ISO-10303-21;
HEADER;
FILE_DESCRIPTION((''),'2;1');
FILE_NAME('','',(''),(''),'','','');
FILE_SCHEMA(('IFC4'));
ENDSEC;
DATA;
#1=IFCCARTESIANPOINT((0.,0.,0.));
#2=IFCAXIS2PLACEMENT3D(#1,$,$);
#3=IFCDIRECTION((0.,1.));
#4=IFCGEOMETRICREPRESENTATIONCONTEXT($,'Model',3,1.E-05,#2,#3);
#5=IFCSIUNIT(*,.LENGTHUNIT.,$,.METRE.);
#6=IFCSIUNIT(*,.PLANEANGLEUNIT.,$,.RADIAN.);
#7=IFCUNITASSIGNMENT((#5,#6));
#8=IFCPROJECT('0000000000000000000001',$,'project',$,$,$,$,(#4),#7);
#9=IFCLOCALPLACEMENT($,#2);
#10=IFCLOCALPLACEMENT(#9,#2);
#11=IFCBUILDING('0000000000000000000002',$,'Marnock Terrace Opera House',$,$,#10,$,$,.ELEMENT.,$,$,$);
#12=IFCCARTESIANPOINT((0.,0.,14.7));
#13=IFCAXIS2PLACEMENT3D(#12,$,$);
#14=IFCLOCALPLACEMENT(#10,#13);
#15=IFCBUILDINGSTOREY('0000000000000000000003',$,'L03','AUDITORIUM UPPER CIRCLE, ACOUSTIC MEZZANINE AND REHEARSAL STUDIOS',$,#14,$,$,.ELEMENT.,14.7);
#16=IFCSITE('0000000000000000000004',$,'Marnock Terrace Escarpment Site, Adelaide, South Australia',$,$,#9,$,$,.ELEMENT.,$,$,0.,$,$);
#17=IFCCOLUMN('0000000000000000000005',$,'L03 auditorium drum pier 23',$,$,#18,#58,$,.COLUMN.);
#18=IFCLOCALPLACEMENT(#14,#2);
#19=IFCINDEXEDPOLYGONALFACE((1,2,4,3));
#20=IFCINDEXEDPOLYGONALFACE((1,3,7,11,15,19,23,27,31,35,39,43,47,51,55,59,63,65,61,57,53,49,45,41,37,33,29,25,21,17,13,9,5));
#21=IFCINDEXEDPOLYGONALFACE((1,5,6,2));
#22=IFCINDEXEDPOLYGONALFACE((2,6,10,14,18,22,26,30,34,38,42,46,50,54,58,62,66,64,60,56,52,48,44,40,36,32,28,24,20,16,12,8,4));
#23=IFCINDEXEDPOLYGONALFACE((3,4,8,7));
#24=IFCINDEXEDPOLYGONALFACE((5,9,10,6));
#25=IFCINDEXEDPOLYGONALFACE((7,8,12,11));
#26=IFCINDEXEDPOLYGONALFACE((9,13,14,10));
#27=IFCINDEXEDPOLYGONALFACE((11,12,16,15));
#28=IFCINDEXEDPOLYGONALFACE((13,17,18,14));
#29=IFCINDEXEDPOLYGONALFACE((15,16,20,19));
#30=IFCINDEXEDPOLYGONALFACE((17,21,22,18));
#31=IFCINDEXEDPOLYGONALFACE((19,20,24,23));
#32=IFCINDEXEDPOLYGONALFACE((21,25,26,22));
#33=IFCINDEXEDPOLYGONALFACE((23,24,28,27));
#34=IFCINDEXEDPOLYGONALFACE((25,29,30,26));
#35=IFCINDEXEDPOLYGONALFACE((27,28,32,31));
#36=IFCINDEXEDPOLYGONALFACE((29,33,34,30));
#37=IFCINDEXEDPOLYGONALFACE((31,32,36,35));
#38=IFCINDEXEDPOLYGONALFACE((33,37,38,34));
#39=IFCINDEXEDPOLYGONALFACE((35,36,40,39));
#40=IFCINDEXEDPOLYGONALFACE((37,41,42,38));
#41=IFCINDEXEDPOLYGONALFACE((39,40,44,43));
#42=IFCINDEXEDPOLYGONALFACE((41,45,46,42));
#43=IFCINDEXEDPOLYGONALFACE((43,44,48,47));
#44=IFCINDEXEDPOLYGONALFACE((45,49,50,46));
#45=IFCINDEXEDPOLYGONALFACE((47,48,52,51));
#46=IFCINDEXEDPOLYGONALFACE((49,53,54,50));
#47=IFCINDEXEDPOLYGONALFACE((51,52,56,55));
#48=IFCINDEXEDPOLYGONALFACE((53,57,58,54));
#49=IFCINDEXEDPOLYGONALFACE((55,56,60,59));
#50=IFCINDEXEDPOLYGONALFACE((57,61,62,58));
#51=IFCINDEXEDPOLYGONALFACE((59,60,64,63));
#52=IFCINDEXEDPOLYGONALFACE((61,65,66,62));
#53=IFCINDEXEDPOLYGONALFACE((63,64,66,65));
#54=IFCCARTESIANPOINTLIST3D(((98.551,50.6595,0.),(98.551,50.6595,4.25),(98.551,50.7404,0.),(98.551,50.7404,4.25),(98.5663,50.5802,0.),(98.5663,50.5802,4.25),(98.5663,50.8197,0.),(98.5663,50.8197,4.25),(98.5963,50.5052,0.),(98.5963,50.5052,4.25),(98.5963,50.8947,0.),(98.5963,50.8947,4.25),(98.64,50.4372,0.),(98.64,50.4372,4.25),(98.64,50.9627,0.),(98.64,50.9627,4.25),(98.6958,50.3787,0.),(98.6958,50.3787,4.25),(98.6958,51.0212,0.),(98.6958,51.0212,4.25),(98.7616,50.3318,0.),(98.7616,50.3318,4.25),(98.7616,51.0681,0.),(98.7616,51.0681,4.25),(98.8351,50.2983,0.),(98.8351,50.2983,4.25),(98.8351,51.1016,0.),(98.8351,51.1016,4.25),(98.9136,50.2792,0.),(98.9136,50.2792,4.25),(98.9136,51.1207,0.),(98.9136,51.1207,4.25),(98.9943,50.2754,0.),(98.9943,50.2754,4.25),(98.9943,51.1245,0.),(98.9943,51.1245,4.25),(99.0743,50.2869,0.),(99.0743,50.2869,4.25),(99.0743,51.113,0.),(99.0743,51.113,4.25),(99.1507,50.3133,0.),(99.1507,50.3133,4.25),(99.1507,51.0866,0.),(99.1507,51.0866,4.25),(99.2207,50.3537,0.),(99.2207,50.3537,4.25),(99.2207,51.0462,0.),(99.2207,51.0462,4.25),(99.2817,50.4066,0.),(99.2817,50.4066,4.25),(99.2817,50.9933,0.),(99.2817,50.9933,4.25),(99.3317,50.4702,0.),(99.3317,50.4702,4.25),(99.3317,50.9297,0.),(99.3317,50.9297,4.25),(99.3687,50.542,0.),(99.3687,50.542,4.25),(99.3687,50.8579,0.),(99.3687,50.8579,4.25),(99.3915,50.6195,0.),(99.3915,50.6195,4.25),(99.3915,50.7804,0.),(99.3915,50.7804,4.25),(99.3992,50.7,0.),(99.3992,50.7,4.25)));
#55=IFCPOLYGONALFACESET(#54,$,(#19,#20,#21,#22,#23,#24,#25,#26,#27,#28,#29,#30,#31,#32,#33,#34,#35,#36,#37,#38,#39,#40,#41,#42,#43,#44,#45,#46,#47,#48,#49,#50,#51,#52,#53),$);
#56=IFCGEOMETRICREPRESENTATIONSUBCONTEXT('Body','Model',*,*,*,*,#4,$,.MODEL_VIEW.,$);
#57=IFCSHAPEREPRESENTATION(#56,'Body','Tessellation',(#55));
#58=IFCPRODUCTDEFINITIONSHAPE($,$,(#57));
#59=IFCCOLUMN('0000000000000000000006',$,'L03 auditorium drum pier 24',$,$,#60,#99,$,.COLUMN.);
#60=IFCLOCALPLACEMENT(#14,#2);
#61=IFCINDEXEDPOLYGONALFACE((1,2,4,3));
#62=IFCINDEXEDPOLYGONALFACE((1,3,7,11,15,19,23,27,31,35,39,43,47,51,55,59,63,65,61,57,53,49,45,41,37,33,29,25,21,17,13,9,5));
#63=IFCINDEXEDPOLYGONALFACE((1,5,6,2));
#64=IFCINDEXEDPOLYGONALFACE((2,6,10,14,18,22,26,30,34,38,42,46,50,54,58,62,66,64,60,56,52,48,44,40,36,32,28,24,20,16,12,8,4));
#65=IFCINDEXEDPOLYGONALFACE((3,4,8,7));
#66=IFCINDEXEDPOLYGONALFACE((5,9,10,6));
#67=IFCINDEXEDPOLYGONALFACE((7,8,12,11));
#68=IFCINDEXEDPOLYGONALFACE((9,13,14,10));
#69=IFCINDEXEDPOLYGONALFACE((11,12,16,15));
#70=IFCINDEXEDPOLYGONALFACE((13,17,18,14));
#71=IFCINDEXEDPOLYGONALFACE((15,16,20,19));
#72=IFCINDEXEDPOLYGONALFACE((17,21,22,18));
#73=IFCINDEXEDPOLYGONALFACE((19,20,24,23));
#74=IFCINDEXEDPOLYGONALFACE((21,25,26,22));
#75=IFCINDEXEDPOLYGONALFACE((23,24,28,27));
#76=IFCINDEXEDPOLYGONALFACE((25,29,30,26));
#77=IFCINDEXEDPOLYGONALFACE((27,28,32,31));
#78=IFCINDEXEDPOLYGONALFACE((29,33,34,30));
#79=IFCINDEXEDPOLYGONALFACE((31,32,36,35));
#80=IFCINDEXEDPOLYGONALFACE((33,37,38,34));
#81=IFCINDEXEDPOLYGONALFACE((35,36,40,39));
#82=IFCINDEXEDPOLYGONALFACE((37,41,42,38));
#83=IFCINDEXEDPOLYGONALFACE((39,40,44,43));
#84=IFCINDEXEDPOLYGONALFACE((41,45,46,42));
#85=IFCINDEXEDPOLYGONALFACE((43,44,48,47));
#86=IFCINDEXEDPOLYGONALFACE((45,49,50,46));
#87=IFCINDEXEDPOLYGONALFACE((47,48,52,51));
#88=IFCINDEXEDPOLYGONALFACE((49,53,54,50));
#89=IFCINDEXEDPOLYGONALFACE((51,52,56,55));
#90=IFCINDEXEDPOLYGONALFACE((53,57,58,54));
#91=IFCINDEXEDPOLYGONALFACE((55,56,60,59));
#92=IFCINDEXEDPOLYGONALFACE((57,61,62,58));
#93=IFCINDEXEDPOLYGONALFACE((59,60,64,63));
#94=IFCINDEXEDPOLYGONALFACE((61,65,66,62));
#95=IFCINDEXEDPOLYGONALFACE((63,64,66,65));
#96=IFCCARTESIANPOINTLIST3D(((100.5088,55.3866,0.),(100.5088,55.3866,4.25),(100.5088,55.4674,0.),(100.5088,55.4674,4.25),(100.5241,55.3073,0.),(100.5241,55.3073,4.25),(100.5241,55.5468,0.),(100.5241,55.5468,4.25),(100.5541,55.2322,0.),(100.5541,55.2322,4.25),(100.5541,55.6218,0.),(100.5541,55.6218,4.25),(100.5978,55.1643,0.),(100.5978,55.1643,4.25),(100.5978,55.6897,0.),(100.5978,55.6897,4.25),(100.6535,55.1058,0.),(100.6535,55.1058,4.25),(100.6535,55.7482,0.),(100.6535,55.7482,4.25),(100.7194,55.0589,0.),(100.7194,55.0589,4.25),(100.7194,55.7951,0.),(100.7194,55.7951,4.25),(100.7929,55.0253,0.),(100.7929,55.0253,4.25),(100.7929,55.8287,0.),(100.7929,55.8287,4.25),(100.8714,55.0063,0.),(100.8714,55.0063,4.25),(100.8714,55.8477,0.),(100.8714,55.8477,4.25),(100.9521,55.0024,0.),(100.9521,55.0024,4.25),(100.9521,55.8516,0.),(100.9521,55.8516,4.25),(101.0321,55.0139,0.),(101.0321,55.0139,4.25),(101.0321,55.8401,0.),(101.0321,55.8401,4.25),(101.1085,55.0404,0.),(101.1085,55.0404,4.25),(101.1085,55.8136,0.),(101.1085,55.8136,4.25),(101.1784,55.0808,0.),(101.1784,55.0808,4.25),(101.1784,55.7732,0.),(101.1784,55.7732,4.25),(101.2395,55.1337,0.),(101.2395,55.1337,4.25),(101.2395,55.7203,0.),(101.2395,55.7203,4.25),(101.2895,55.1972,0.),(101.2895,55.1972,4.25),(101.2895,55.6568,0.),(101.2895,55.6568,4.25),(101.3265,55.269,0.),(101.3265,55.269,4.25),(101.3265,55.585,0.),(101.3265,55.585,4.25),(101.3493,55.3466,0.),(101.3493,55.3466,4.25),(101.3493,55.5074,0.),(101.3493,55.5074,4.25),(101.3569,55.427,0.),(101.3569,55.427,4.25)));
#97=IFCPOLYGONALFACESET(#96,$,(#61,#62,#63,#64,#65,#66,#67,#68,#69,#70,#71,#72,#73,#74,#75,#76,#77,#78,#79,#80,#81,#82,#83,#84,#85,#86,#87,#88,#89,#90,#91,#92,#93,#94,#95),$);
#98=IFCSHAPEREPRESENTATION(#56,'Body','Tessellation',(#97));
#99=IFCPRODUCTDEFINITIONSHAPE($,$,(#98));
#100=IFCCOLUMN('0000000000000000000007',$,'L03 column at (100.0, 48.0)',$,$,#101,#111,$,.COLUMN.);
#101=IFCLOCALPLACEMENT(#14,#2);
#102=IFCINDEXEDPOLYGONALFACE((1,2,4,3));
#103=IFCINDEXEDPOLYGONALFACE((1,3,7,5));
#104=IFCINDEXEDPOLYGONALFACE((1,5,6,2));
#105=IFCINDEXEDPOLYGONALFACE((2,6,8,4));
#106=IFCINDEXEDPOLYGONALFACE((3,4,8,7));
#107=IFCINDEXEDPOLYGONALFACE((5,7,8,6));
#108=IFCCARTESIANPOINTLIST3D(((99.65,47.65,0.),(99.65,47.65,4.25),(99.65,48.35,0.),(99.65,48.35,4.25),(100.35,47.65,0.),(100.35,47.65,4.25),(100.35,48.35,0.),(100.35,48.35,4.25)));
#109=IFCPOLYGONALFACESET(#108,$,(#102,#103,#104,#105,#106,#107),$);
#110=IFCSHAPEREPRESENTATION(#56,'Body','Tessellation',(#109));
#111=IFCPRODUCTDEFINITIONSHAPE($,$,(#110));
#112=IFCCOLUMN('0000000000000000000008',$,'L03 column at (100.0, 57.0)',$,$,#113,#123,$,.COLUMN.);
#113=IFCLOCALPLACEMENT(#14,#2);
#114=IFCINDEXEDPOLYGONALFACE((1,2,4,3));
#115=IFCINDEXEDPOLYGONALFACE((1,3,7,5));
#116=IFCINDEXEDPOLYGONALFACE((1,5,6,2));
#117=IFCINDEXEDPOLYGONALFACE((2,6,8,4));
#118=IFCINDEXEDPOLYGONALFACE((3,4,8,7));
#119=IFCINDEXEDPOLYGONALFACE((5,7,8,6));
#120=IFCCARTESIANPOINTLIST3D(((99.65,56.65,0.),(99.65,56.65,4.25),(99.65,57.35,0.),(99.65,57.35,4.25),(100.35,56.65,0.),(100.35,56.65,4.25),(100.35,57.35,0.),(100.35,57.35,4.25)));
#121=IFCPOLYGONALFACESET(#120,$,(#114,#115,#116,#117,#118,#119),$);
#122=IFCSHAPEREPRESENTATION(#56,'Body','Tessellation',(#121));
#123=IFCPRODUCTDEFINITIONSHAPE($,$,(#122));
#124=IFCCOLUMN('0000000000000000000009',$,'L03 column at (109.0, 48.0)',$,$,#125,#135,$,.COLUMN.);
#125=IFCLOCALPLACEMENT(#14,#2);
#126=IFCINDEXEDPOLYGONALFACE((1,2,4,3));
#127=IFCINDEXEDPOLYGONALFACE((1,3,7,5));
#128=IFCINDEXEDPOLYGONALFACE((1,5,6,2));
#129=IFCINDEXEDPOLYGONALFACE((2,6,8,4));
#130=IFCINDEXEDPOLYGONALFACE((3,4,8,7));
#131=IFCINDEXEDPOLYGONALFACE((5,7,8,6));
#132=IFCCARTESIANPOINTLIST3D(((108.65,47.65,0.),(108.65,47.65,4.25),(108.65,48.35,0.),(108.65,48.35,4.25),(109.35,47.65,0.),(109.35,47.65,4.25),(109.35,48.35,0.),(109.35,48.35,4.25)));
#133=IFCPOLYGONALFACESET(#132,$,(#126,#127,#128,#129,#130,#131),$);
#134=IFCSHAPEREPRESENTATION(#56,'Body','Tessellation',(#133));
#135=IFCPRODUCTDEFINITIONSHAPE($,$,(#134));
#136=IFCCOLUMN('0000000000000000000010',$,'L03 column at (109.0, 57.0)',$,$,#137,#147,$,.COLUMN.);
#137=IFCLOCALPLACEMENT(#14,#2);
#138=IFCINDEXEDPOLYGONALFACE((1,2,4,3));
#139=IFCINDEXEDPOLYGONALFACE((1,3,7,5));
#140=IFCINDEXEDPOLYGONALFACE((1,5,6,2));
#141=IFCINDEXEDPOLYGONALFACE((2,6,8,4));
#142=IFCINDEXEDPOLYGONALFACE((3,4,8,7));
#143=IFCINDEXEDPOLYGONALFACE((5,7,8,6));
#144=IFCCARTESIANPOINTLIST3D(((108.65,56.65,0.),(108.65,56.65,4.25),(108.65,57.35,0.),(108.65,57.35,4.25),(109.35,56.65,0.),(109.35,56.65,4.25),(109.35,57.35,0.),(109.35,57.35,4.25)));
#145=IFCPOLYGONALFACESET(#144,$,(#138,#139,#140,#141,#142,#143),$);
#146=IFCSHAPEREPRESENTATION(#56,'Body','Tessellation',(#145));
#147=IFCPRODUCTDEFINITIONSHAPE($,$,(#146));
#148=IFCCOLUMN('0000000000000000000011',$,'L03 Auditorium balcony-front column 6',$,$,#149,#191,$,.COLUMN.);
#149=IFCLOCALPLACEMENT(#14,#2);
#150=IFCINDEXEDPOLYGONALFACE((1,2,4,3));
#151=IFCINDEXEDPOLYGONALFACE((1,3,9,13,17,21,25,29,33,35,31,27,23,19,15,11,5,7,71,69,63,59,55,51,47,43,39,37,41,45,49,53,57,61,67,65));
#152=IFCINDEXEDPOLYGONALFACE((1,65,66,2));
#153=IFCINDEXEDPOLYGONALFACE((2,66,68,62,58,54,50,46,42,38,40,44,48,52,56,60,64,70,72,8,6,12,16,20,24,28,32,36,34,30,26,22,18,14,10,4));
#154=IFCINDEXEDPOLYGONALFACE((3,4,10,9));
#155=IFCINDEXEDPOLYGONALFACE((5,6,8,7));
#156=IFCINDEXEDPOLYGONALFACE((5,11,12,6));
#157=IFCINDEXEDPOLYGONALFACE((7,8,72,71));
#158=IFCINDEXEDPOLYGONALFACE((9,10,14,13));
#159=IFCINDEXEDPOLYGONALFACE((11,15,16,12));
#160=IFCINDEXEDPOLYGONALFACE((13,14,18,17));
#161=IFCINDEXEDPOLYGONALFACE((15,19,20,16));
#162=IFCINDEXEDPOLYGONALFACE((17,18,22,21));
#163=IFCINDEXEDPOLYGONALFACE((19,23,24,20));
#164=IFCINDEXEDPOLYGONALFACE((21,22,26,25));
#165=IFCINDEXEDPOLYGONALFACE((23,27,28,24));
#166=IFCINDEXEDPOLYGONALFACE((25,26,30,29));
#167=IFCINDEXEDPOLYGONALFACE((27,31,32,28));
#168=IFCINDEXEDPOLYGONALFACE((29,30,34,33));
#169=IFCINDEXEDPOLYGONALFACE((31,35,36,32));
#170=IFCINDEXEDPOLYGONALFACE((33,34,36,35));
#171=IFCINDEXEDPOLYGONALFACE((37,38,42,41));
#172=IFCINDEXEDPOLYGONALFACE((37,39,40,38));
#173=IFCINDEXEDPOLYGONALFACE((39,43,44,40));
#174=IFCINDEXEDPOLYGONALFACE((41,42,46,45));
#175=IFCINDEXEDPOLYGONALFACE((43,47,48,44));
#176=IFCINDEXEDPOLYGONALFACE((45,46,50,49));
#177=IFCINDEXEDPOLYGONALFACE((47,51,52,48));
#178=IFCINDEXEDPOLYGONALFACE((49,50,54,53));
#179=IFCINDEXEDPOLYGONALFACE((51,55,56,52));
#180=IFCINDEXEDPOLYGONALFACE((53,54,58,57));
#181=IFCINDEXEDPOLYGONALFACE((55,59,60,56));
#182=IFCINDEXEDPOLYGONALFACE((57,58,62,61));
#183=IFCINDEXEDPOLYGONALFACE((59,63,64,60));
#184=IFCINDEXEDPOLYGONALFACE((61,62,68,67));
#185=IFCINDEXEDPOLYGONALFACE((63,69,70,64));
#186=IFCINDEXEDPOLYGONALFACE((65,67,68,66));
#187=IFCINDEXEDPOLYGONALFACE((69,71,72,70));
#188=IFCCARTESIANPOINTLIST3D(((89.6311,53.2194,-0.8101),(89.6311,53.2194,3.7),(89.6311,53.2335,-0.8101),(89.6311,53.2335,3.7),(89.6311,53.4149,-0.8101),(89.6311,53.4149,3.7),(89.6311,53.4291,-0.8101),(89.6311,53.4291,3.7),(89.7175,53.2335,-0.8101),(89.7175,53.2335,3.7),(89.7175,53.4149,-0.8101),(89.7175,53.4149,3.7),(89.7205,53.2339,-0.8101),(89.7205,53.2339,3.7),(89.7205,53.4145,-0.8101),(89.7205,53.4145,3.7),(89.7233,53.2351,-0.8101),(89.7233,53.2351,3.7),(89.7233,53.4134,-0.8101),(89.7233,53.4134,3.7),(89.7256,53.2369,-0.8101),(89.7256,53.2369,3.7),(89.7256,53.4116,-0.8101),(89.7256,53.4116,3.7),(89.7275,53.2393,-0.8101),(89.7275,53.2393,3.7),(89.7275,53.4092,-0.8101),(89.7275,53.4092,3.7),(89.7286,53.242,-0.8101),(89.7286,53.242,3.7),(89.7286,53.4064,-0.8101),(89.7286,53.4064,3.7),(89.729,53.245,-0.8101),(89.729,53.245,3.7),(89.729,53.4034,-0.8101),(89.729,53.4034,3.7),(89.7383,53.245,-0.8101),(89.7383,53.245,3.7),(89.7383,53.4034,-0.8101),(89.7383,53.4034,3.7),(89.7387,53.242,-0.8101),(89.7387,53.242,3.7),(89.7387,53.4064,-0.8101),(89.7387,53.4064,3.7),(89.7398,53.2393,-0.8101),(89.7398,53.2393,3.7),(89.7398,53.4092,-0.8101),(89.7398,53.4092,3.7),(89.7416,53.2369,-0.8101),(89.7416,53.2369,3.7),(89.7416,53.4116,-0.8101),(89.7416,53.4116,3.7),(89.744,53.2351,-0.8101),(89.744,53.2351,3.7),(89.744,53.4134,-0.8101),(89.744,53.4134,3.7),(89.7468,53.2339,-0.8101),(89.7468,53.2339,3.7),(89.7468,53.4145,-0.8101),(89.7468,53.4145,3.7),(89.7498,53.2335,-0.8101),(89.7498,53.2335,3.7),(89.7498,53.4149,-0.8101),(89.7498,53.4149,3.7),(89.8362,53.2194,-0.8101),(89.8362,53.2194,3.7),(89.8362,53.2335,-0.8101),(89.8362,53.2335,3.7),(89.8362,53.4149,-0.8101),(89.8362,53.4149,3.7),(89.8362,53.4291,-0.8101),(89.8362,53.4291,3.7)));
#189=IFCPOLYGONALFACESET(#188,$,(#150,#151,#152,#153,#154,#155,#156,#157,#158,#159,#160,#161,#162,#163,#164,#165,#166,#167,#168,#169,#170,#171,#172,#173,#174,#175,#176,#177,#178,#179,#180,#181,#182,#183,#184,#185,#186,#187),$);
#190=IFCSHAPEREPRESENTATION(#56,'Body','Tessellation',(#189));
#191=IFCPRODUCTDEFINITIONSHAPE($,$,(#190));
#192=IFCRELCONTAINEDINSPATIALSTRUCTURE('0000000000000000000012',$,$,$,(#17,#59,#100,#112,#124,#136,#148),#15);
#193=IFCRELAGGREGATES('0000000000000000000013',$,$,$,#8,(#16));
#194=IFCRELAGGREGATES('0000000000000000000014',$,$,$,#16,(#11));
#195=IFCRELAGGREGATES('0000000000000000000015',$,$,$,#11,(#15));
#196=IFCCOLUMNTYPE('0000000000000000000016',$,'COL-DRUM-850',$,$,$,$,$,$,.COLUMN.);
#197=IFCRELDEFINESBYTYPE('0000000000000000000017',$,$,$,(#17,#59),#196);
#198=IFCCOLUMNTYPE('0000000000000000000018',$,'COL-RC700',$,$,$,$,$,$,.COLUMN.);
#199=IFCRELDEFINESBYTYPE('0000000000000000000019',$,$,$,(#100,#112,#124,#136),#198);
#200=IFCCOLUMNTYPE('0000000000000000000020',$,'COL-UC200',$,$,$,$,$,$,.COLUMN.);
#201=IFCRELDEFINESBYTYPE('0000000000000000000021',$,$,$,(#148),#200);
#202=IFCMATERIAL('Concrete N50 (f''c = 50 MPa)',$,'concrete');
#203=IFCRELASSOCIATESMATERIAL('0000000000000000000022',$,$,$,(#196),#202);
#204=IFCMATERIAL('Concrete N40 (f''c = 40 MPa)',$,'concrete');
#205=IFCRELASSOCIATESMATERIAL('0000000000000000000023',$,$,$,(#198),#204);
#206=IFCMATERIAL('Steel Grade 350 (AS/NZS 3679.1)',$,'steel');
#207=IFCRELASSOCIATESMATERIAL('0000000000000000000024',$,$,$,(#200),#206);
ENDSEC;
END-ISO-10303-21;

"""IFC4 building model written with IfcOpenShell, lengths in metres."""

from ifc_helpers import new_model, si_unit, direction, frame, origin, origin_2d, place, context, subcontext, project, spatial, rectangle, circle, i_section, extrude, material, material_profile, profile_set, type_object, element, save


model = new_model("IFC4")

# Units and contexts
model_context = context("Model", 3, precision=1e-05, world=origin(), true_north=direction((0.0, 1.0)))
body_context = subcontext(model_context, "Body", "Model", "MODEL_VIEW")
ifc_project = project(units=[si_unit("LENGTHUNIT", "METRE"), si_unit("PLANEANGLEUNIT", "RADIAN")], contexts=[model_context])

# Site, building, storey
site_placement = place(None, origin())
site = spatial("IfcSite", under=ifc_project, at=site_placement, Name="Marnock Terrace Escarpment Site, Adelaide, South Australia", CompositionType="ELEMENT", RefElevation=0.0)
building_placement = place(site_placement, origin())
building = spatial("IfcBuilding", under=site, at=building_placement, Name="Marnock Terrace Opera House", CompositionType="ELEMENT")
storey_placement = place(building_placement, frame((0.0, 0.0, 14.7)))
storey = spatial("IfcBuildingStorey", under=building, at=storey_placement, Name="L03", Description="AUDITORIUM UPPER CIRCLE, ACOUSTIC MEZZANINE AND REHEARSAL STUDIOS", CompositionType="ELEMENT", Elevation=14.7)

# Columns
ifc_material_1 = material(Name="Concrete N50 (f'c = 50 MPa)", Category="concrete")
ifc_material_profile_1 = material_profile(ifc_material_1, circle(Radius=0.425, at=origin_2d()))
ifc_profile_set_1 = profile_set([ifc_material_profile_1], Name="Concrete N50 (f'c = 50 MPa)")
column_type_1 = type_object("IfcColumnType", Name="COL-DRUM-850", PredefinedType="COLUMN", material=ifc_profile_set_1)
for number, where, z_axis, x_axis, name in (
    (1, (98.9741, 50.7, 0.0), (0.0, 0.0, 1.0), (1.0, 0.0, 0.0), "L03 auditorium drum pier 23"),
    (2, (100.9319, 55.427, 0.0), (0.0, 0.0, 1.0), (1.0, 0.0, 0.0), "L03 auditorium drum pier 24"),
):
    element("IfcColumn", number, at=place(storey_placement, frame(where, z_axis=z_axis, x_axis=x_axis)), inside=storey, type_object=column_type_1, Name=name, PredefinedType="COLUMN", context=body_context, shape_type="SweptSolid", body=[
        extrude(circle(Radius=0.425, at=origin_2d()), origin(), (0.0, 0.0, 1.0), 4.25),
    ])
ifc_material_2 = material(Name="Concrete N40 (f'c = 40 MPa)", Category="concrete")
ifc_material_profile_2 = material_profile(ifc_material_2, rectangle(XDim=0.7, YDim=0.7, at=origin_2d()))
ifc_profile_set_2 = profile_set([ifc_material_profile_2], Name="Concrete N40 (f'c = 40 MPa)")
column_type_2 = type_object("IfcColumnType", Name="COL-RC700", PredefinedType="COLUMN", material=ifc_profile_set_2)
for number, where, z_axis, x_axis, name in (
    (3, (100.0, 48.0, 0.0), (0.0, 0.0, 1.0), (1.0, 0.0, 0.0), "L03 column at (100.0, 48.0)"),
    (4, (100.0, 57.0, 0.0), (0.0, 0.0, 1.0), (1.0, 0.0, 0.0), "L03 column at (100.0, 57.0)"),
    (5, (109.0, 48.0, 0.0), (0.0, 0.0, 1.0), (1.0, 0.0, 0.0), "L03 column at (109.0, 48.0)"),
    (6, (109.0, 57.0, 0.0), (0.0, 0.0, 1.0), (1.0, 0.0, 0.0), "L03 column at (109.0, 57.0)"),
):
    element("IfcColumn", number, at=place(storey_placement, frame(where, z_axis=z_axis, x_axis=x_axis)), inside=storey, type_object=column_type_2, Name=name, PredefinedType="COLUMN", context=body_context, shape_type="SweptSolid", body=[
        extrude(rectangle(XDim=0.7, YDim=0.7, at=origin_2d()), origin(), (0.0, 0.0, 1.0), 4.25),
    ])
ifc_material_3 = material(Name="Steel Grade 350 (AS/NZS 3679.1)", Category="steel")
ifc_material_profile_3 = material_profile(ifc_material_3, i_section(OverallWidth=0.2051, OverallDepth=0.2097, WebThickness=0.0093, FlangeThickness=0.0142, FilletRadius=0.0115, at=origin_2d()))
ifc_profile_set_3 = profile_set([ifc_material_profile_3], Name="Steel Grade 350 (AS/NZS 3679.1)")
column_type_3 = type_object("IfcColumnType", Name="COL-UC200", PredefinedType="COLUMN", material=ifc_profile_set_3)
column_placement = place(storey_placement, frame((89.7336, 53.3242, -0.8101), z_axis=(0.0, 0.0, 1.0), x_axis=(1.0, 0.0, 0.0)))
element("IfcColumn", 7, at=column_placement, inside=storey, type_object=column_type_3, Name="L03 Auditorium balcony-front column 6", PredefinedType="COLUMN", context=body_context, shape_type="SweptSolid", body=[
    extrude(i_section(OverallWidth=0.2051, OverallDepth=0.2097, WebThickness=0.0093, FlangeThickness=0.0142, FilletRadius=0.0115, at=origin_2d()), origin(), (0.0, 0.0, 1.0), 4.51),
])

save(model, "model.ifc")
